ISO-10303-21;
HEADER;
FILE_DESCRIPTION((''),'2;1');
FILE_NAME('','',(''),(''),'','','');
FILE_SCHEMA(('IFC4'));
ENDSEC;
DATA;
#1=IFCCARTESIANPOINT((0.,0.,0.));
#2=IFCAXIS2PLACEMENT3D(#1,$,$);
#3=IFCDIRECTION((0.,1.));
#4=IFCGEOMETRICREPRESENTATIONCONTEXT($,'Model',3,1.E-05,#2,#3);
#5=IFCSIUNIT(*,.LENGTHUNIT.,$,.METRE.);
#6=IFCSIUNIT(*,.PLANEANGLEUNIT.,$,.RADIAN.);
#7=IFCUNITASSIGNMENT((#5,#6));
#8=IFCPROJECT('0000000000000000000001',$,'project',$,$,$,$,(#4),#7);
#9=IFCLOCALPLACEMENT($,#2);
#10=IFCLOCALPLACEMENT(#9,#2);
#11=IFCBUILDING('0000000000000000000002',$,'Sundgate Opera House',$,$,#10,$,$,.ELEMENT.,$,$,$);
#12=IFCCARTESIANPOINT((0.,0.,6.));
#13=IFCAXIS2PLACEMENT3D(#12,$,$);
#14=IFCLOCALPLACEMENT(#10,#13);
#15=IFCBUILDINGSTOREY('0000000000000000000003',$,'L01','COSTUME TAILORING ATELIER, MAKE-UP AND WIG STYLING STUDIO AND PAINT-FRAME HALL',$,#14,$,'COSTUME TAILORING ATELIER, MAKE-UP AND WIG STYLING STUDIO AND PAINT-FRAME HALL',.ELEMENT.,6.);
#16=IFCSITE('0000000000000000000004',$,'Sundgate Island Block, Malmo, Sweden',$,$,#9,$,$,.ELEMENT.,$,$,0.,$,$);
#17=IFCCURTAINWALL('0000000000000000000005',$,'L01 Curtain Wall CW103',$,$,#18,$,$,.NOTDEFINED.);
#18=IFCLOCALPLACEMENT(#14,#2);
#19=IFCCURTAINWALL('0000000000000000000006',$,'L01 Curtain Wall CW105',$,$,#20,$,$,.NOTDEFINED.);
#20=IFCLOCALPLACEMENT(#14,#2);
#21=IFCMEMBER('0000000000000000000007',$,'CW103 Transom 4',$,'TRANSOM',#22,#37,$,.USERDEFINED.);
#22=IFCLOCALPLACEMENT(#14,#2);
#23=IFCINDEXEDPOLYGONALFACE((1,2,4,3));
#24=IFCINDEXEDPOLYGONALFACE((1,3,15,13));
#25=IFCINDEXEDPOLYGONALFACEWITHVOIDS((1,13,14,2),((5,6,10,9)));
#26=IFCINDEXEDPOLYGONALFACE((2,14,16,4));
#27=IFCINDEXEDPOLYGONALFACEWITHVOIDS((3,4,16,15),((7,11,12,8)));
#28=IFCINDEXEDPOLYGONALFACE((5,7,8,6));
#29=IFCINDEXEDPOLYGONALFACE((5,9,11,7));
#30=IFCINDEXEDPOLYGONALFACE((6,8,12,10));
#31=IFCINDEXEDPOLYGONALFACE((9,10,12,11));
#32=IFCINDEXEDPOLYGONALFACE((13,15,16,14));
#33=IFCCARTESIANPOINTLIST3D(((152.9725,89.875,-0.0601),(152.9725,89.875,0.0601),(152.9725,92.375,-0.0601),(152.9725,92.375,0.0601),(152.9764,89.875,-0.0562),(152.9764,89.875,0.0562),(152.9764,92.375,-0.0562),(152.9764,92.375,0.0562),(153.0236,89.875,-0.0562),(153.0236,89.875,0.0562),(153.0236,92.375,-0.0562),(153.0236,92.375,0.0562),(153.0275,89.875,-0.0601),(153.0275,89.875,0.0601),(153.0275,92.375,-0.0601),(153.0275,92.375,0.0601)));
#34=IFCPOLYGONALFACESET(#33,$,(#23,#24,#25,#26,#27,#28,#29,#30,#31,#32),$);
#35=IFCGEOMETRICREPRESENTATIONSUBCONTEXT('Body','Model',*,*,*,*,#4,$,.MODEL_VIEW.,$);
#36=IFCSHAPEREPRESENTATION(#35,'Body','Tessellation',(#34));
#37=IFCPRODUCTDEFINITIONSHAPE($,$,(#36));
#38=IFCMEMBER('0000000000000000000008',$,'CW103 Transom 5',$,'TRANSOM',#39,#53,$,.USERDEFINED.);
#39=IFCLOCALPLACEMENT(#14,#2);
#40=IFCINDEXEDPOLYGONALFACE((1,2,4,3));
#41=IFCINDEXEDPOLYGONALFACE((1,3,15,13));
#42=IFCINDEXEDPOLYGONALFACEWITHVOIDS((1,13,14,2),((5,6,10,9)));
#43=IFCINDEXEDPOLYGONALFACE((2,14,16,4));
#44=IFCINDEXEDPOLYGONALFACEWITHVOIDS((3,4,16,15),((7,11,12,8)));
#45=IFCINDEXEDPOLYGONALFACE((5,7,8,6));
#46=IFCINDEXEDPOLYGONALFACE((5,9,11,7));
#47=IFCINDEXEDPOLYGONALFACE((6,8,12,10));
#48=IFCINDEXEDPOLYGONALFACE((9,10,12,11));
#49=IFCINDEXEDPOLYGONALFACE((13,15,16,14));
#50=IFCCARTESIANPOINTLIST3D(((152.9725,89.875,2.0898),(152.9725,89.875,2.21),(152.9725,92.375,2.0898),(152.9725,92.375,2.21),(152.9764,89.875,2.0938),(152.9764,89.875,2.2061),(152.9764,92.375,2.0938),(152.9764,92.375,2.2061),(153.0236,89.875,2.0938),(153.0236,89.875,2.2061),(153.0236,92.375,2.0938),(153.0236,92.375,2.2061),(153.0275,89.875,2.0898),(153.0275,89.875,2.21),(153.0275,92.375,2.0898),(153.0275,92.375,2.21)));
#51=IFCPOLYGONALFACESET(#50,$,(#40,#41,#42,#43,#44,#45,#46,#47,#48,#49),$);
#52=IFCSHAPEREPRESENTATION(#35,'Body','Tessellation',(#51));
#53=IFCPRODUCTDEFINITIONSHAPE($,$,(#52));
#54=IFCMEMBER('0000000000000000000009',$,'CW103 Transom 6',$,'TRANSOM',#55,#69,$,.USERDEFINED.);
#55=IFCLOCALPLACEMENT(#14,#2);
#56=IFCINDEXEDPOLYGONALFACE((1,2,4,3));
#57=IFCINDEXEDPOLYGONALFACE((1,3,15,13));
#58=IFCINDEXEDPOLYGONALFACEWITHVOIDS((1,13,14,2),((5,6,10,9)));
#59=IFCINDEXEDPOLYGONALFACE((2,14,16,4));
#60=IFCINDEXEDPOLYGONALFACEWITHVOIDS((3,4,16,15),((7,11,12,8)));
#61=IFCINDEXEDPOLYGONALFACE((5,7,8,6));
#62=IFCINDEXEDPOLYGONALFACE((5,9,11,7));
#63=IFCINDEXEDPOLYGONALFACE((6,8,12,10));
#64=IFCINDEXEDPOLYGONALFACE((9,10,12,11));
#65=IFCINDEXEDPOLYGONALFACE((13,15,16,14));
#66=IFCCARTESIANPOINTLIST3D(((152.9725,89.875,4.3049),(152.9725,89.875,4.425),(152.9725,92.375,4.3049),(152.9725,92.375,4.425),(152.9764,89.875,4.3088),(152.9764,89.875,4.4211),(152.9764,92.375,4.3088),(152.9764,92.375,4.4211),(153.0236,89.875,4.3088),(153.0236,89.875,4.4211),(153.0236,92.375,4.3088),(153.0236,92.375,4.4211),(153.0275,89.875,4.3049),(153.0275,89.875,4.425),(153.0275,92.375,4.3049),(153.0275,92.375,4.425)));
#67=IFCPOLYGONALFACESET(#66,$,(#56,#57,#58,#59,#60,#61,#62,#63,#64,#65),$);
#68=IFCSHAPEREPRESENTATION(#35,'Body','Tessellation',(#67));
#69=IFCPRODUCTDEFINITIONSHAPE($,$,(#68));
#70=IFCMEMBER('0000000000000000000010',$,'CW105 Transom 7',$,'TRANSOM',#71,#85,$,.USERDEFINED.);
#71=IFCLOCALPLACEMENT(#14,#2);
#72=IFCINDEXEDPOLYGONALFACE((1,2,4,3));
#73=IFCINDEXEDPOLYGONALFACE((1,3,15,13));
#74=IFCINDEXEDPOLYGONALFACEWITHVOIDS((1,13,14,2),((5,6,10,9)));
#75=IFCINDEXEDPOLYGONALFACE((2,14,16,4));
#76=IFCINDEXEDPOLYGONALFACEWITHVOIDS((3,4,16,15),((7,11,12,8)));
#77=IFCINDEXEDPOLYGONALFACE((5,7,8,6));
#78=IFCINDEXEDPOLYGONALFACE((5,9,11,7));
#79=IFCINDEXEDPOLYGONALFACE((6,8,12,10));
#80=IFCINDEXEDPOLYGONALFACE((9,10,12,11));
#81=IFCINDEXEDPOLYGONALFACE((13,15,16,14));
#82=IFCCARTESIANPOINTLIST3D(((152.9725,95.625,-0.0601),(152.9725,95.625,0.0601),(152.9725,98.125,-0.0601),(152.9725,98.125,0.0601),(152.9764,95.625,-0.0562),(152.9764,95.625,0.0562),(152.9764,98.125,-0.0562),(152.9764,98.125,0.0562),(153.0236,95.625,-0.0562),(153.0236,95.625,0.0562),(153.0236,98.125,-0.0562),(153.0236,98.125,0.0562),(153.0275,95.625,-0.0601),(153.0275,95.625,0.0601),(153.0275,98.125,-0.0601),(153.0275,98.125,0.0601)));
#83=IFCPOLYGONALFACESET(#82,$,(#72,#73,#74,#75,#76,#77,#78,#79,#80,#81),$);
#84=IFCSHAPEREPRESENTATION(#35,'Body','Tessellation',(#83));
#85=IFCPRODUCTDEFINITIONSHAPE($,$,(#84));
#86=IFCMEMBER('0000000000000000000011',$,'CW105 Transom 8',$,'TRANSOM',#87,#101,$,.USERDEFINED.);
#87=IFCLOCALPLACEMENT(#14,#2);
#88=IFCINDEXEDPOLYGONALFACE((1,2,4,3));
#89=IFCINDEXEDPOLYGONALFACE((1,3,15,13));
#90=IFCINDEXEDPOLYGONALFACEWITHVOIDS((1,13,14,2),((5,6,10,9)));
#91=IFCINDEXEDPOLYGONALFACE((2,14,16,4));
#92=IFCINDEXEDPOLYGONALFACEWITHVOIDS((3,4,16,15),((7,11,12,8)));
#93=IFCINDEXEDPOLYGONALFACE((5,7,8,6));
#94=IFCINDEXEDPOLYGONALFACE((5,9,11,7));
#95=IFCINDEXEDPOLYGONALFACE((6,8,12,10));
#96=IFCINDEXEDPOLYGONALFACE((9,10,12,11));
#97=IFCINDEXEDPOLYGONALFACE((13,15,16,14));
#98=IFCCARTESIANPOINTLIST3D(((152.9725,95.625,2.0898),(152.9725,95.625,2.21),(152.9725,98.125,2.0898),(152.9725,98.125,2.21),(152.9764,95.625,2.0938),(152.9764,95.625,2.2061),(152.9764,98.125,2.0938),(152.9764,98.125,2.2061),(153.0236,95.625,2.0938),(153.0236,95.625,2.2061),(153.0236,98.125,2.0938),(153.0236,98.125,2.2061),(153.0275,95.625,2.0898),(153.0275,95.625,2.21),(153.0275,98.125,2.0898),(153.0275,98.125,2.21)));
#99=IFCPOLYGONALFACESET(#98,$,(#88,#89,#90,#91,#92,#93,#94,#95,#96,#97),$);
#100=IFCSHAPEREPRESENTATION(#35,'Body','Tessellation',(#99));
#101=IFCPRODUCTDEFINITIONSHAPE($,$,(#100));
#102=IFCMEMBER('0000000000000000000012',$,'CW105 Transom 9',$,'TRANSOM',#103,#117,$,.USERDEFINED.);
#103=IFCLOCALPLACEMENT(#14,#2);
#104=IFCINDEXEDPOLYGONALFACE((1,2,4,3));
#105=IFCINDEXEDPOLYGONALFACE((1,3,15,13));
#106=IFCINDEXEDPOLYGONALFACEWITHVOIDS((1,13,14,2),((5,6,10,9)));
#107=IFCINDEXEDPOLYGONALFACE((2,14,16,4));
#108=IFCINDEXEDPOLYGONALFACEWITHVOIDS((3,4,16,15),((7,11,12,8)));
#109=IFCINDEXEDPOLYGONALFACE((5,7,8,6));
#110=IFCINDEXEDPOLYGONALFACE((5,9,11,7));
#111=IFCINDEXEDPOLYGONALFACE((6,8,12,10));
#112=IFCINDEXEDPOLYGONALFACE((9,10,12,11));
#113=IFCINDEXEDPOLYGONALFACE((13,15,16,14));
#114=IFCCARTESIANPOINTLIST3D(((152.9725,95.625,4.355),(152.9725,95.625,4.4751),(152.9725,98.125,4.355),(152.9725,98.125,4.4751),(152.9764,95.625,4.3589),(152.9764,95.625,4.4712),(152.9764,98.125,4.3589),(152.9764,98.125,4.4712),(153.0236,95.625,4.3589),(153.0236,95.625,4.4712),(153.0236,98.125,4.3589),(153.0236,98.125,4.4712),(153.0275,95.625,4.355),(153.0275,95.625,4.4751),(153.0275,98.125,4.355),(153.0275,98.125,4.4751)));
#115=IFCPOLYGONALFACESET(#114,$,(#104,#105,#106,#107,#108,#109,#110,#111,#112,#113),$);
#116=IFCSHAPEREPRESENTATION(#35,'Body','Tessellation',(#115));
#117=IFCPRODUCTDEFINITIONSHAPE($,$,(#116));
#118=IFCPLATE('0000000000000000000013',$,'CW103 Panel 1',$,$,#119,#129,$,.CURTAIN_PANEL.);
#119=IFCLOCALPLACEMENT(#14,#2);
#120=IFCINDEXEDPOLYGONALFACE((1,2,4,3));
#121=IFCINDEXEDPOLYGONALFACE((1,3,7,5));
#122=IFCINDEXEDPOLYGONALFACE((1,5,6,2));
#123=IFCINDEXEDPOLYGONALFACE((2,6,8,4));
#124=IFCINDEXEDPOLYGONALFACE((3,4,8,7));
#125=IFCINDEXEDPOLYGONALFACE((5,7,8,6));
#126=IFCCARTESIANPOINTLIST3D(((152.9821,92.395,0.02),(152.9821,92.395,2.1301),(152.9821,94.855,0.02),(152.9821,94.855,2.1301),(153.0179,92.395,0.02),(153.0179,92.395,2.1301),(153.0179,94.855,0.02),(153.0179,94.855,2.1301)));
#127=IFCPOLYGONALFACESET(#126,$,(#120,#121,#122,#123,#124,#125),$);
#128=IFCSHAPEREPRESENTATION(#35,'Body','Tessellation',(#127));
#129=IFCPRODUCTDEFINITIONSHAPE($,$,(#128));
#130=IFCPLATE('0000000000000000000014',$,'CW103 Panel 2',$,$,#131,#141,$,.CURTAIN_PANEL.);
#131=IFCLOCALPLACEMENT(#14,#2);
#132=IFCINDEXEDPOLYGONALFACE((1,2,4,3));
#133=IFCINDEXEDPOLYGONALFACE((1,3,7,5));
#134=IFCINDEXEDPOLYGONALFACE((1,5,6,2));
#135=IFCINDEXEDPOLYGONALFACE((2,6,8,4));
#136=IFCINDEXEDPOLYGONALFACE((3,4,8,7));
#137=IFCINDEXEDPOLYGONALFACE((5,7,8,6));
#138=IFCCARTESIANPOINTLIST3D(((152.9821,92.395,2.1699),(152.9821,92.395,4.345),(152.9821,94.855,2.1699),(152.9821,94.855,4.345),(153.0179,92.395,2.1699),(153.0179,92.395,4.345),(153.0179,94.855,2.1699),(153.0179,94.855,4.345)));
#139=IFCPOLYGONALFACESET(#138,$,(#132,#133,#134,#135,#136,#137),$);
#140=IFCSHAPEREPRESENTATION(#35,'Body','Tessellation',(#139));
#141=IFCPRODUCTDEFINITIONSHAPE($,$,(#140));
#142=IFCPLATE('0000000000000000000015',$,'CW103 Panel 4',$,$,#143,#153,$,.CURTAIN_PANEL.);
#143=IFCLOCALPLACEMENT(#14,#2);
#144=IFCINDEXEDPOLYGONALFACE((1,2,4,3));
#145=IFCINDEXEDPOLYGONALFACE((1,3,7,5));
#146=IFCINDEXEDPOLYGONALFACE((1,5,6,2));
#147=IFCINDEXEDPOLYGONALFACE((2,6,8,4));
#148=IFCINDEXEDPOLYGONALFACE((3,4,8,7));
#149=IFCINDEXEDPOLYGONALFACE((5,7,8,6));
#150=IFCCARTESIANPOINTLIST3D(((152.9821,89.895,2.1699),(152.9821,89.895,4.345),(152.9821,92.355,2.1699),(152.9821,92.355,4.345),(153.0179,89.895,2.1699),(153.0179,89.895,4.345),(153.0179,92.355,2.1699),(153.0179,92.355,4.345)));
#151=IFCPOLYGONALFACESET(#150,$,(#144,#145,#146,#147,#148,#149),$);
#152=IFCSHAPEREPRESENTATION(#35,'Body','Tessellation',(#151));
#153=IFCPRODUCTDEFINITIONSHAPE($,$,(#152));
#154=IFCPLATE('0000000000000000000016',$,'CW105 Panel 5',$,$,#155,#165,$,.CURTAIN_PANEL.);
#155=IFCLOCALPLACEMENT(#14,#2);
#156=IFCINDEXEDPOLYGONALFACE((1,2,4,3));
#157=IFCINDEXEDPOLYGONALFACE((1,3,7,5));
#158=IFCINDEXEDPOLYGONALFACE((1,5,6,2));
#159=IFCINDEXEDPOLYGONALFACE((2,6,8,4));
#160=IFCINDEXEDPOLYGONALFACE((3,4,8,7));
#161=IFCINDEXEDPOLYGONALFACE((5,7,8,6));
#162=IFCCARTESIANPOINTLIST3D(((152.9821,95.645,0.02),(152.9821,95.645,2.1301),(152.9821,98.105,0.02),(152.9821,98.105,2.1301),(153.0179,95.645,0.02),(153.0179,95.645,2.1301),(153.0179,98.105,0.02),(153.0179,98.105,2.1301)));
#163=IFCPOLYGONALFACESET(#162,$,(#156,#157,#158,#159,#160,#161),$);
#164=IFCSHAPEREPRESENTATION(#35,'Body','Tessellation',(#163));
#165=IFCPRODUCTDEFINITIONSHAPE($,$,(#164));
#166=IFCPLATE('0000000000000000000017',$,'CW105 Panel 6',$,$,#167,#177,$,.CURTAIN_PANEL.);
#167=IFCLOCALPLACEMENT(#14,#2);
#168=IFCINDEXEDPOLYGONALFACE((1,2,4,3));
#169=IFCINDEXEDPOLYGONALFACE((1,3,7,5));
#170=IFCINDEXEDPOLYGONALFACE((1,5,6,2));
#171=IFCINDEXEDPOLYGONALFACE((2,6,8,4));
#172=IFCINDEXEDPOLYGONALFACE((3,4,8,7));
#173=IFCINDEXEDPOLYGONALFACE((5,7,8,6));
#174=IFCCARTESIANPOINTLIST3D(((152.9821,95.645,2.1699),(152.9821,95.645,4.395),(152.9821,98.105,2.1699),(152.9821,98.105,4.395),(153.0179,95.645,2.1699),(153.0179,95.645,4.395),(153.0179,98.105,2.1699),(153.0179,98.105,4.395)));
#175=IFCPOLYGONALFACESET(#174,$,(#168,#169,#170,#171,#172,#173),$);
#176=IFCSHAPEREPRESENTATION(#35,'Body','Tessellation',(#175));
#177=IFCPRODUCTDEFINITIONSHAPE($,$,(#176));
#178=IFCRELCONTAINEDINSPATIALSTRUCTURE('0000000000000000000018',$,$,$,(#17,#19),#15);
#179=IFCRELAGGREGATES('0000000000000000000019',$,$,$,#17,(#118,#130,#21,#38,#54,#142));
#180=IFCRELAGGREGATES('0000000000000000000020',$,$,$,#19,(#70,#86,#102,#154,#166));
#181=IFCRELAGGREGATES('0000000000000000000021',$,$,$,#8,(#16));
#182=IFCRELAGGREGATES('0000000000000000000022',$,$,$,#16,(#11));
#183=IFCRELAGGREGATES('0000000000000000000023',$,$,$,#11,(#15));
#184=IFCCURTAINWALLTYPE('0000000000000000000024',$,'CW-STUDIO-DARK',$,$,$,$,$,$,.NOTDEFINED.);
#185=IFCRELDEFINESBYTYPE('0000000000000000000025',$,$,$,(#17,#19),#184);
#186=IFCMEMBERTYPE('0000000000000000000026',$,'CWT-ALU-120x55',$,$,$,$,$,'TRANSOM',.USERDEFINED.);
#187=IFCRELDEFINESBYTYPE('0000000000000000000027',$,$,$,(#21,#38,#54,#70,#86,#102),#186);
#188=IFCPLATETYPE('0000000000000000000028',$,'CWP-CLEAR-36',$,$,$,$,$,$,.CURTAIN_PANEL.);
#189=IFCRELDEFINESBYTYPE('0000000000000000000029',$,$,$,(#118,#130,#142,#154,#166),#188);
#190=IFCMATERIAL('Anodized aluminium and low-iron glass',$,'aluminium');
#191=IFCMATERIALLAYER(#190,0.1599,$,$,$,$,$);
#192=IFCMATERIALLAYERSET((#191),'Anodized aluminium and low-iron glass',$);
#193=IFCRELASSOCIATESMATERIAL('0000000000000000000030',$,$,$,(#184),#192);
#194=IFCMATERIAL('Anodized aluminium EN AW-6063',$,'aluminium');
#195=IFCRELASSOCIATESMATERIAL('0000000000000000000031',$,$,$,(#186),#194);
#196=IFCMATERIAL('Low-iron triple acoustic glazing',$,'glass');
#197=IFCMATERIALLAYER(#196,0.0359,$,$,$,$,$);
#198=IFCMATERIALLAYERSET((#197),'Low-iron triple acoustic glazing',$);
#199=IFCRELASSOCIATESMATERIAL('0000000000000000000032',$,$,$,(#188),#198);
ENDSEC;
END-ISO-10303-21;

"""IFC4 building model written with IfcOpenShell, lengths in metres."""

from ifc_helpers import new_model, si_unit, direction, frame, origin, origin_2d, place, context, subcontext, project, spatial, rectangle, hollow_rectangle, extrude, material, layer, layer_set, material_profile, profile_set, type_object, element, aggregate, save


model = new_model("IFC4")

# Units and contexts
model_context = context("Model", 3, precision=1e-05, world=origin(), true_north=direction((0.0, 1.0)))
body_context = subcontext(model_context, "Body", "Model", "MODEL_VIEW")
ifc_project = project(units=[si_unit("LENGTHUNIT", "METRE"), si_unit("PLANEANGLEUNIT", "RADIAN")], contexts=[model_context])

# Site, building, storey
site_placement = place(None, origin())
site = spatial("IfcSite", under=ifc_project, at=site_placement, Name="Sundgate Island Block, Malmo, Sweden", CompositionType="ELEMENT", RefElevation=0.0)
building_placement = place(site_placement, origin())
building = spatial("IfcBuilding", under=site, at=building_placement, Name="Sundgate Opera House", CompositionType="ELEMENT")
storey_placement = place(building_placement, frame((0.0, 0.0, 6.0)))
storey = spatial("IfcBuildingStorey", under=building, at=storey_placement, Name="L01", Description="COSTUME TAILORING ATELIER, MAKE-UP AND WIG STYLING STUDIO AND PAINT-FRAME HALL", LongName="COSTUME TAILORING ATELIER, MAKE-UP AND WIG STYLING STUDIO AND PAINT-FRAME HALL", CompositionType="ELEMENT", Elevation=6.0)

# Curtain walls
ifc_material_1 = material(Name="Anodized aluminium and low-iron glass", Category="aluminium")
ifc_layer_1 = layer(ifc_material_1, 0.1599)
ifc_layer_set_1 = layer_set([ifc_layer_1], Name="Anodized aluminium and low-iron glass")
curtain_wall_type = type_object("IfcCurtainWallType", Name="CW-STUDIO-DARK", PredefinedType="NOTDEFINED", material=ifc_layer_set_1)
curtain_wall_1_placement = place(storey_placement, origin())
curtain_wall_1 = element("IfcCurtainWall", 1, at=curtain_wall_1_placement, inside=storey, type_object=curtain_wall_type, Name="L01 Curtain Wall CW103", PredefinedType="NOTDEFINED")
curtain_wall_2_placement = place(storey_placement, origin())
curtain_wall_2 = element("IfcCurtainWall", 2, at=curtain_wall_2_placement, inside=storey, type_object=curtain_wall_type, Name="L01 Curtain Wall CW105", PredefinedType="NOTDEFINED")

# Members
ifc_material_2 = material(Name="Anodized aluminium EN AW-6063", Category="aluminium")
ifc_material_profile_1 = material_profile(ifc_material_2, hollow_rectangle(XDim=0.0549, YDim=0.1201, WallThickness=0.0039, at=origin_2d()), Name="CWT 120x55x4")
ifc_profile_set_1 = profile_set([ifc_material_profile_1], Name="Anodized aluminium EN AW-6063")
member_type_1 = type_object("IfcMemberType", Name="CWT-ALU-120x55", ElementType="TRANSOM", PredefinedType="USERDEFINED", material=ifc_profile_set_1)
member_1_placement = place(storey_placement, frame((153.0, 92.375, 0.0), z_axis=(0.0, -1.0, 0.0), x_axis=(1.0, 0.0, 0.0)))
member_1 = element("IfcMember", 3, at=member_1_placement, type_object=member_type_1, Name="CW103 Transom 4", ObjectType="TRANSOM", PredefinedType="USERDEFINED", context=body_context, shape_type="SweptSolid", body=[
    extrude(hollow_rectangle(XDim=0.0549, YDim=0.1201, WallThickness=0.0039, at=origin_2d()), origin(), (0.0, 0.0, 1.0), 2.5),
])
member_2_placement = place(storey_placement, frame((153.0, 92.375, 2.1499), z_axis=(0.0, -1.0, 0.0), x_axis=(1.0, 0.0, 0.0)))
member_2 = element("IfcMember", 4, at=member_2_placement, type_object=member_type_1, Name="CW103 Transom 5", ObjectType="TRANSOM", PredefinedType="USERDEFINED", context=body_context, shape_type="SweptSolid", body=[
    extrude(hollow_rectangle(XDim=0.0549, YDim=0.1201, WallThickness=0.0039, at=origin_2d()), origin(), (0.0, 0.0, 1.0), 2.5),
])
member_3_placement = place(storey_placement, frame((153.0, 92.375, 4.365), z_axis=(0.0, -1.0, 0.0), x_axis=(1.0, 0.0, 0.0)))
member_3 = element("IfcMember", 5, at=member_3_placement, type_object=member_type_1, Name="CW103 Transom 6", ObjectType="TRANSOM", PredefinedType="USERDEFINED", context=body_context, shape_type="SweptSolid", body=[
    extrude(hollow_rectangle(XDim=0.0549, YDim=0.1201, WallThickness=0.0039, at=origin_2d()), origin(), (0.0, 0.0, 1.0), 2.5),
])
member_4_placement = place(storey_placement, frame((153.0, 98.125, 0.0), z_axis=(0.0, -1.0, 0.0), x_axis=(1.0, 0.0, 0.0)))
member_4 = element("IfcMember", 6, at=member_4_placement, type_object=member_type_1, Name="CW105 Transom 7", ObjectType="TRANSOM", PredefinedType="USERDEFINED", context=body_context, shape_type="SweptSolid", body=[
    extrude(hollow_rectangle(XDim=0.0549, YDim=0.1201, WallThickness=0.0039, at=origin_2d()), origin(), (0.0, 0.0, 1.0), 2.5),
])
member_5_placement = place(storey_placement, frame((153.0, 98.125, 2.1499), z_axis=(0.0, -1.0, 0.0), x_axis=(1.0, 0.0, 0.0)))
member_5 = element("IfcMember", 7, at=member_5_placement, type_object=member_type_1, Name="CW105 Transom 8", ObjectType="TRANSOM", PredefinedType="USERDEFINED", context=body_context, shape_type="SweptSolid", body=[
    extrude(hollow_rectangle(XDim=0.0549, YDim=0.1201, WallThickness=0.0039, at=origin_2d()), origin(), (0.0, 0.0, 1.0), 2.5),
])
member_6_placement = place(storey_placement, frame((153.0, 98.125, 4.415), z_axis=(0.0, -1.0, 0.0), x_axis=(1.0, 0.0, 0.0)))
member_6 = element("IfcMember", 8, at=member_6_placement, type_object=member_type_1, Name="CW105 Transom 9", ObjectType="TRANSOM", PredefinedType="USERDEFINED", context=body_context, shape_type="SweptSolid", body=[
    extrude(hollow_rectangle(XDim=0.0549, YDim=0.1201, WallThickness=0.0039, at=origin_2d()), origin(), (0.0, 0.0, 1.0), 2.5),
])

# Plates
ifc_material_3 = material(Name="Low-iron triple acoustic glazing", Category="glass")
ifc_layer_2 = layer(ifc_material_3, 0.0359)
ifc_layer_set_2 = layer_set([ifc_layer_2], Name="Low-iron triple acoustic glazing")
plate_type = type_object("IfcPlateType", Name="CWP-CLEAR-36", PredefinedType="CURTAIN_PANEL", material=ifc_layer_set_2)
plate_1_placement = place(storey_placement, frame((153.0, 93.625, 0.02), z_axis=(0.0, 0.0, 1.0), x_axis=(0.0, -1.0, 0.0)))
plate_1 = element("IfcPlate", 9, at=plate_1_placement, type_object=plate_type, Name="CW103 Panel 1", PredefinedType="CURTAIN_PANEL", context=body_context, shape_type="SweptSolid", body=[
    extrude(rectangle(XDim=2.46, YDim=0.0359, at=origin_2d()), origin(), (0.0, 0.0, 1.0), 2.1101),
])
plate_2_placement = place(storey_placement, frame((153.0, 93.625, 2.1699), z_axis=(0.0, 0.0, 1.0), x_axis=(0.0, -1.0, 0.0)))
plate_2 = element("IfcPlate", 10, at=plate_2_placement, type_object=plate_type, Name="CW103 Panel 2", PredefinedType="CURTAIN_PANEL", context=body_context, shape_type="SweptSolid", body=[
    extrude(rectangle(XDim=2.46, YDim=0.0359, at=origin_2d()), origin(), (0.0, 0.0, 1.0), 2.175),
])
plate_3_placement = place(storey_placement, frame((153.0, 91.125, 2.1699), z_axis=(0.0, 0.0, 1.0), x_axis=(0.0, -1.0, 0.0)))
plate_3 = element("IfcPlate", 11, at=plate_3_placement, type_object=plate_type, Name="CW103 Panel 4", PredefinedType="CURTAIN_PANEL", context=body_context, shape_type="SweptSolid", body=[
    extrude(rectangle(XDim=2.46, YDim=0.0359, at=origin_2d()), origin(), (0.0, 0.0, 1.0), 2.175),
])
aggregate(curtain_wall_1, [plate_1, plate_2, member_1, member_2, member_3, plate_3])
plate_4_placement = place(storey_placement, frame((153.0, 96.875, 0.02), z_axis=(0.0, 0.0, 1.0), x_axis=(0.0, -1.0, 0.0)))
plate_4 = element("IfcPlate", 12, at=plate_4_placement, type_object=plate_type, Name="CW105 Panel 5", PredefinedType="CURTAIN_PANEL", context=body_context, shape_type="SweptSolid", body=[
    extrude(rectangle(XDim=2.46, YDim=0.0359, at=origin_2d()), origin(), (0.0, 0.0, 1.0), 2.1101),
])
plate_5_placement = place(storey_placement, frame((153.0, 96.875, 2.1699), z_axis=(0.0, 0.0, 1.0), x_axis=(0.0, -1.0, 0.0)))
plate_5 = element("IfcPlate", 13, at=plate_5_placement, type_object=plate_type, Name="CW105 Panel 6", PredefinedType="CURTAIN_PANEL", context=body_context, shape_type="SweptSolid", body=[
    extrude(rectangle(XDim=2.46, YDim=0.0359, at=origin_2d()), origin(), (0.0, 0.0, 1.0), 2.2251),
])
aggregate(curtain_wall_2, [member_4, member_5, member_6, plate_4, plate_5])

save(model, "model.ifc")
